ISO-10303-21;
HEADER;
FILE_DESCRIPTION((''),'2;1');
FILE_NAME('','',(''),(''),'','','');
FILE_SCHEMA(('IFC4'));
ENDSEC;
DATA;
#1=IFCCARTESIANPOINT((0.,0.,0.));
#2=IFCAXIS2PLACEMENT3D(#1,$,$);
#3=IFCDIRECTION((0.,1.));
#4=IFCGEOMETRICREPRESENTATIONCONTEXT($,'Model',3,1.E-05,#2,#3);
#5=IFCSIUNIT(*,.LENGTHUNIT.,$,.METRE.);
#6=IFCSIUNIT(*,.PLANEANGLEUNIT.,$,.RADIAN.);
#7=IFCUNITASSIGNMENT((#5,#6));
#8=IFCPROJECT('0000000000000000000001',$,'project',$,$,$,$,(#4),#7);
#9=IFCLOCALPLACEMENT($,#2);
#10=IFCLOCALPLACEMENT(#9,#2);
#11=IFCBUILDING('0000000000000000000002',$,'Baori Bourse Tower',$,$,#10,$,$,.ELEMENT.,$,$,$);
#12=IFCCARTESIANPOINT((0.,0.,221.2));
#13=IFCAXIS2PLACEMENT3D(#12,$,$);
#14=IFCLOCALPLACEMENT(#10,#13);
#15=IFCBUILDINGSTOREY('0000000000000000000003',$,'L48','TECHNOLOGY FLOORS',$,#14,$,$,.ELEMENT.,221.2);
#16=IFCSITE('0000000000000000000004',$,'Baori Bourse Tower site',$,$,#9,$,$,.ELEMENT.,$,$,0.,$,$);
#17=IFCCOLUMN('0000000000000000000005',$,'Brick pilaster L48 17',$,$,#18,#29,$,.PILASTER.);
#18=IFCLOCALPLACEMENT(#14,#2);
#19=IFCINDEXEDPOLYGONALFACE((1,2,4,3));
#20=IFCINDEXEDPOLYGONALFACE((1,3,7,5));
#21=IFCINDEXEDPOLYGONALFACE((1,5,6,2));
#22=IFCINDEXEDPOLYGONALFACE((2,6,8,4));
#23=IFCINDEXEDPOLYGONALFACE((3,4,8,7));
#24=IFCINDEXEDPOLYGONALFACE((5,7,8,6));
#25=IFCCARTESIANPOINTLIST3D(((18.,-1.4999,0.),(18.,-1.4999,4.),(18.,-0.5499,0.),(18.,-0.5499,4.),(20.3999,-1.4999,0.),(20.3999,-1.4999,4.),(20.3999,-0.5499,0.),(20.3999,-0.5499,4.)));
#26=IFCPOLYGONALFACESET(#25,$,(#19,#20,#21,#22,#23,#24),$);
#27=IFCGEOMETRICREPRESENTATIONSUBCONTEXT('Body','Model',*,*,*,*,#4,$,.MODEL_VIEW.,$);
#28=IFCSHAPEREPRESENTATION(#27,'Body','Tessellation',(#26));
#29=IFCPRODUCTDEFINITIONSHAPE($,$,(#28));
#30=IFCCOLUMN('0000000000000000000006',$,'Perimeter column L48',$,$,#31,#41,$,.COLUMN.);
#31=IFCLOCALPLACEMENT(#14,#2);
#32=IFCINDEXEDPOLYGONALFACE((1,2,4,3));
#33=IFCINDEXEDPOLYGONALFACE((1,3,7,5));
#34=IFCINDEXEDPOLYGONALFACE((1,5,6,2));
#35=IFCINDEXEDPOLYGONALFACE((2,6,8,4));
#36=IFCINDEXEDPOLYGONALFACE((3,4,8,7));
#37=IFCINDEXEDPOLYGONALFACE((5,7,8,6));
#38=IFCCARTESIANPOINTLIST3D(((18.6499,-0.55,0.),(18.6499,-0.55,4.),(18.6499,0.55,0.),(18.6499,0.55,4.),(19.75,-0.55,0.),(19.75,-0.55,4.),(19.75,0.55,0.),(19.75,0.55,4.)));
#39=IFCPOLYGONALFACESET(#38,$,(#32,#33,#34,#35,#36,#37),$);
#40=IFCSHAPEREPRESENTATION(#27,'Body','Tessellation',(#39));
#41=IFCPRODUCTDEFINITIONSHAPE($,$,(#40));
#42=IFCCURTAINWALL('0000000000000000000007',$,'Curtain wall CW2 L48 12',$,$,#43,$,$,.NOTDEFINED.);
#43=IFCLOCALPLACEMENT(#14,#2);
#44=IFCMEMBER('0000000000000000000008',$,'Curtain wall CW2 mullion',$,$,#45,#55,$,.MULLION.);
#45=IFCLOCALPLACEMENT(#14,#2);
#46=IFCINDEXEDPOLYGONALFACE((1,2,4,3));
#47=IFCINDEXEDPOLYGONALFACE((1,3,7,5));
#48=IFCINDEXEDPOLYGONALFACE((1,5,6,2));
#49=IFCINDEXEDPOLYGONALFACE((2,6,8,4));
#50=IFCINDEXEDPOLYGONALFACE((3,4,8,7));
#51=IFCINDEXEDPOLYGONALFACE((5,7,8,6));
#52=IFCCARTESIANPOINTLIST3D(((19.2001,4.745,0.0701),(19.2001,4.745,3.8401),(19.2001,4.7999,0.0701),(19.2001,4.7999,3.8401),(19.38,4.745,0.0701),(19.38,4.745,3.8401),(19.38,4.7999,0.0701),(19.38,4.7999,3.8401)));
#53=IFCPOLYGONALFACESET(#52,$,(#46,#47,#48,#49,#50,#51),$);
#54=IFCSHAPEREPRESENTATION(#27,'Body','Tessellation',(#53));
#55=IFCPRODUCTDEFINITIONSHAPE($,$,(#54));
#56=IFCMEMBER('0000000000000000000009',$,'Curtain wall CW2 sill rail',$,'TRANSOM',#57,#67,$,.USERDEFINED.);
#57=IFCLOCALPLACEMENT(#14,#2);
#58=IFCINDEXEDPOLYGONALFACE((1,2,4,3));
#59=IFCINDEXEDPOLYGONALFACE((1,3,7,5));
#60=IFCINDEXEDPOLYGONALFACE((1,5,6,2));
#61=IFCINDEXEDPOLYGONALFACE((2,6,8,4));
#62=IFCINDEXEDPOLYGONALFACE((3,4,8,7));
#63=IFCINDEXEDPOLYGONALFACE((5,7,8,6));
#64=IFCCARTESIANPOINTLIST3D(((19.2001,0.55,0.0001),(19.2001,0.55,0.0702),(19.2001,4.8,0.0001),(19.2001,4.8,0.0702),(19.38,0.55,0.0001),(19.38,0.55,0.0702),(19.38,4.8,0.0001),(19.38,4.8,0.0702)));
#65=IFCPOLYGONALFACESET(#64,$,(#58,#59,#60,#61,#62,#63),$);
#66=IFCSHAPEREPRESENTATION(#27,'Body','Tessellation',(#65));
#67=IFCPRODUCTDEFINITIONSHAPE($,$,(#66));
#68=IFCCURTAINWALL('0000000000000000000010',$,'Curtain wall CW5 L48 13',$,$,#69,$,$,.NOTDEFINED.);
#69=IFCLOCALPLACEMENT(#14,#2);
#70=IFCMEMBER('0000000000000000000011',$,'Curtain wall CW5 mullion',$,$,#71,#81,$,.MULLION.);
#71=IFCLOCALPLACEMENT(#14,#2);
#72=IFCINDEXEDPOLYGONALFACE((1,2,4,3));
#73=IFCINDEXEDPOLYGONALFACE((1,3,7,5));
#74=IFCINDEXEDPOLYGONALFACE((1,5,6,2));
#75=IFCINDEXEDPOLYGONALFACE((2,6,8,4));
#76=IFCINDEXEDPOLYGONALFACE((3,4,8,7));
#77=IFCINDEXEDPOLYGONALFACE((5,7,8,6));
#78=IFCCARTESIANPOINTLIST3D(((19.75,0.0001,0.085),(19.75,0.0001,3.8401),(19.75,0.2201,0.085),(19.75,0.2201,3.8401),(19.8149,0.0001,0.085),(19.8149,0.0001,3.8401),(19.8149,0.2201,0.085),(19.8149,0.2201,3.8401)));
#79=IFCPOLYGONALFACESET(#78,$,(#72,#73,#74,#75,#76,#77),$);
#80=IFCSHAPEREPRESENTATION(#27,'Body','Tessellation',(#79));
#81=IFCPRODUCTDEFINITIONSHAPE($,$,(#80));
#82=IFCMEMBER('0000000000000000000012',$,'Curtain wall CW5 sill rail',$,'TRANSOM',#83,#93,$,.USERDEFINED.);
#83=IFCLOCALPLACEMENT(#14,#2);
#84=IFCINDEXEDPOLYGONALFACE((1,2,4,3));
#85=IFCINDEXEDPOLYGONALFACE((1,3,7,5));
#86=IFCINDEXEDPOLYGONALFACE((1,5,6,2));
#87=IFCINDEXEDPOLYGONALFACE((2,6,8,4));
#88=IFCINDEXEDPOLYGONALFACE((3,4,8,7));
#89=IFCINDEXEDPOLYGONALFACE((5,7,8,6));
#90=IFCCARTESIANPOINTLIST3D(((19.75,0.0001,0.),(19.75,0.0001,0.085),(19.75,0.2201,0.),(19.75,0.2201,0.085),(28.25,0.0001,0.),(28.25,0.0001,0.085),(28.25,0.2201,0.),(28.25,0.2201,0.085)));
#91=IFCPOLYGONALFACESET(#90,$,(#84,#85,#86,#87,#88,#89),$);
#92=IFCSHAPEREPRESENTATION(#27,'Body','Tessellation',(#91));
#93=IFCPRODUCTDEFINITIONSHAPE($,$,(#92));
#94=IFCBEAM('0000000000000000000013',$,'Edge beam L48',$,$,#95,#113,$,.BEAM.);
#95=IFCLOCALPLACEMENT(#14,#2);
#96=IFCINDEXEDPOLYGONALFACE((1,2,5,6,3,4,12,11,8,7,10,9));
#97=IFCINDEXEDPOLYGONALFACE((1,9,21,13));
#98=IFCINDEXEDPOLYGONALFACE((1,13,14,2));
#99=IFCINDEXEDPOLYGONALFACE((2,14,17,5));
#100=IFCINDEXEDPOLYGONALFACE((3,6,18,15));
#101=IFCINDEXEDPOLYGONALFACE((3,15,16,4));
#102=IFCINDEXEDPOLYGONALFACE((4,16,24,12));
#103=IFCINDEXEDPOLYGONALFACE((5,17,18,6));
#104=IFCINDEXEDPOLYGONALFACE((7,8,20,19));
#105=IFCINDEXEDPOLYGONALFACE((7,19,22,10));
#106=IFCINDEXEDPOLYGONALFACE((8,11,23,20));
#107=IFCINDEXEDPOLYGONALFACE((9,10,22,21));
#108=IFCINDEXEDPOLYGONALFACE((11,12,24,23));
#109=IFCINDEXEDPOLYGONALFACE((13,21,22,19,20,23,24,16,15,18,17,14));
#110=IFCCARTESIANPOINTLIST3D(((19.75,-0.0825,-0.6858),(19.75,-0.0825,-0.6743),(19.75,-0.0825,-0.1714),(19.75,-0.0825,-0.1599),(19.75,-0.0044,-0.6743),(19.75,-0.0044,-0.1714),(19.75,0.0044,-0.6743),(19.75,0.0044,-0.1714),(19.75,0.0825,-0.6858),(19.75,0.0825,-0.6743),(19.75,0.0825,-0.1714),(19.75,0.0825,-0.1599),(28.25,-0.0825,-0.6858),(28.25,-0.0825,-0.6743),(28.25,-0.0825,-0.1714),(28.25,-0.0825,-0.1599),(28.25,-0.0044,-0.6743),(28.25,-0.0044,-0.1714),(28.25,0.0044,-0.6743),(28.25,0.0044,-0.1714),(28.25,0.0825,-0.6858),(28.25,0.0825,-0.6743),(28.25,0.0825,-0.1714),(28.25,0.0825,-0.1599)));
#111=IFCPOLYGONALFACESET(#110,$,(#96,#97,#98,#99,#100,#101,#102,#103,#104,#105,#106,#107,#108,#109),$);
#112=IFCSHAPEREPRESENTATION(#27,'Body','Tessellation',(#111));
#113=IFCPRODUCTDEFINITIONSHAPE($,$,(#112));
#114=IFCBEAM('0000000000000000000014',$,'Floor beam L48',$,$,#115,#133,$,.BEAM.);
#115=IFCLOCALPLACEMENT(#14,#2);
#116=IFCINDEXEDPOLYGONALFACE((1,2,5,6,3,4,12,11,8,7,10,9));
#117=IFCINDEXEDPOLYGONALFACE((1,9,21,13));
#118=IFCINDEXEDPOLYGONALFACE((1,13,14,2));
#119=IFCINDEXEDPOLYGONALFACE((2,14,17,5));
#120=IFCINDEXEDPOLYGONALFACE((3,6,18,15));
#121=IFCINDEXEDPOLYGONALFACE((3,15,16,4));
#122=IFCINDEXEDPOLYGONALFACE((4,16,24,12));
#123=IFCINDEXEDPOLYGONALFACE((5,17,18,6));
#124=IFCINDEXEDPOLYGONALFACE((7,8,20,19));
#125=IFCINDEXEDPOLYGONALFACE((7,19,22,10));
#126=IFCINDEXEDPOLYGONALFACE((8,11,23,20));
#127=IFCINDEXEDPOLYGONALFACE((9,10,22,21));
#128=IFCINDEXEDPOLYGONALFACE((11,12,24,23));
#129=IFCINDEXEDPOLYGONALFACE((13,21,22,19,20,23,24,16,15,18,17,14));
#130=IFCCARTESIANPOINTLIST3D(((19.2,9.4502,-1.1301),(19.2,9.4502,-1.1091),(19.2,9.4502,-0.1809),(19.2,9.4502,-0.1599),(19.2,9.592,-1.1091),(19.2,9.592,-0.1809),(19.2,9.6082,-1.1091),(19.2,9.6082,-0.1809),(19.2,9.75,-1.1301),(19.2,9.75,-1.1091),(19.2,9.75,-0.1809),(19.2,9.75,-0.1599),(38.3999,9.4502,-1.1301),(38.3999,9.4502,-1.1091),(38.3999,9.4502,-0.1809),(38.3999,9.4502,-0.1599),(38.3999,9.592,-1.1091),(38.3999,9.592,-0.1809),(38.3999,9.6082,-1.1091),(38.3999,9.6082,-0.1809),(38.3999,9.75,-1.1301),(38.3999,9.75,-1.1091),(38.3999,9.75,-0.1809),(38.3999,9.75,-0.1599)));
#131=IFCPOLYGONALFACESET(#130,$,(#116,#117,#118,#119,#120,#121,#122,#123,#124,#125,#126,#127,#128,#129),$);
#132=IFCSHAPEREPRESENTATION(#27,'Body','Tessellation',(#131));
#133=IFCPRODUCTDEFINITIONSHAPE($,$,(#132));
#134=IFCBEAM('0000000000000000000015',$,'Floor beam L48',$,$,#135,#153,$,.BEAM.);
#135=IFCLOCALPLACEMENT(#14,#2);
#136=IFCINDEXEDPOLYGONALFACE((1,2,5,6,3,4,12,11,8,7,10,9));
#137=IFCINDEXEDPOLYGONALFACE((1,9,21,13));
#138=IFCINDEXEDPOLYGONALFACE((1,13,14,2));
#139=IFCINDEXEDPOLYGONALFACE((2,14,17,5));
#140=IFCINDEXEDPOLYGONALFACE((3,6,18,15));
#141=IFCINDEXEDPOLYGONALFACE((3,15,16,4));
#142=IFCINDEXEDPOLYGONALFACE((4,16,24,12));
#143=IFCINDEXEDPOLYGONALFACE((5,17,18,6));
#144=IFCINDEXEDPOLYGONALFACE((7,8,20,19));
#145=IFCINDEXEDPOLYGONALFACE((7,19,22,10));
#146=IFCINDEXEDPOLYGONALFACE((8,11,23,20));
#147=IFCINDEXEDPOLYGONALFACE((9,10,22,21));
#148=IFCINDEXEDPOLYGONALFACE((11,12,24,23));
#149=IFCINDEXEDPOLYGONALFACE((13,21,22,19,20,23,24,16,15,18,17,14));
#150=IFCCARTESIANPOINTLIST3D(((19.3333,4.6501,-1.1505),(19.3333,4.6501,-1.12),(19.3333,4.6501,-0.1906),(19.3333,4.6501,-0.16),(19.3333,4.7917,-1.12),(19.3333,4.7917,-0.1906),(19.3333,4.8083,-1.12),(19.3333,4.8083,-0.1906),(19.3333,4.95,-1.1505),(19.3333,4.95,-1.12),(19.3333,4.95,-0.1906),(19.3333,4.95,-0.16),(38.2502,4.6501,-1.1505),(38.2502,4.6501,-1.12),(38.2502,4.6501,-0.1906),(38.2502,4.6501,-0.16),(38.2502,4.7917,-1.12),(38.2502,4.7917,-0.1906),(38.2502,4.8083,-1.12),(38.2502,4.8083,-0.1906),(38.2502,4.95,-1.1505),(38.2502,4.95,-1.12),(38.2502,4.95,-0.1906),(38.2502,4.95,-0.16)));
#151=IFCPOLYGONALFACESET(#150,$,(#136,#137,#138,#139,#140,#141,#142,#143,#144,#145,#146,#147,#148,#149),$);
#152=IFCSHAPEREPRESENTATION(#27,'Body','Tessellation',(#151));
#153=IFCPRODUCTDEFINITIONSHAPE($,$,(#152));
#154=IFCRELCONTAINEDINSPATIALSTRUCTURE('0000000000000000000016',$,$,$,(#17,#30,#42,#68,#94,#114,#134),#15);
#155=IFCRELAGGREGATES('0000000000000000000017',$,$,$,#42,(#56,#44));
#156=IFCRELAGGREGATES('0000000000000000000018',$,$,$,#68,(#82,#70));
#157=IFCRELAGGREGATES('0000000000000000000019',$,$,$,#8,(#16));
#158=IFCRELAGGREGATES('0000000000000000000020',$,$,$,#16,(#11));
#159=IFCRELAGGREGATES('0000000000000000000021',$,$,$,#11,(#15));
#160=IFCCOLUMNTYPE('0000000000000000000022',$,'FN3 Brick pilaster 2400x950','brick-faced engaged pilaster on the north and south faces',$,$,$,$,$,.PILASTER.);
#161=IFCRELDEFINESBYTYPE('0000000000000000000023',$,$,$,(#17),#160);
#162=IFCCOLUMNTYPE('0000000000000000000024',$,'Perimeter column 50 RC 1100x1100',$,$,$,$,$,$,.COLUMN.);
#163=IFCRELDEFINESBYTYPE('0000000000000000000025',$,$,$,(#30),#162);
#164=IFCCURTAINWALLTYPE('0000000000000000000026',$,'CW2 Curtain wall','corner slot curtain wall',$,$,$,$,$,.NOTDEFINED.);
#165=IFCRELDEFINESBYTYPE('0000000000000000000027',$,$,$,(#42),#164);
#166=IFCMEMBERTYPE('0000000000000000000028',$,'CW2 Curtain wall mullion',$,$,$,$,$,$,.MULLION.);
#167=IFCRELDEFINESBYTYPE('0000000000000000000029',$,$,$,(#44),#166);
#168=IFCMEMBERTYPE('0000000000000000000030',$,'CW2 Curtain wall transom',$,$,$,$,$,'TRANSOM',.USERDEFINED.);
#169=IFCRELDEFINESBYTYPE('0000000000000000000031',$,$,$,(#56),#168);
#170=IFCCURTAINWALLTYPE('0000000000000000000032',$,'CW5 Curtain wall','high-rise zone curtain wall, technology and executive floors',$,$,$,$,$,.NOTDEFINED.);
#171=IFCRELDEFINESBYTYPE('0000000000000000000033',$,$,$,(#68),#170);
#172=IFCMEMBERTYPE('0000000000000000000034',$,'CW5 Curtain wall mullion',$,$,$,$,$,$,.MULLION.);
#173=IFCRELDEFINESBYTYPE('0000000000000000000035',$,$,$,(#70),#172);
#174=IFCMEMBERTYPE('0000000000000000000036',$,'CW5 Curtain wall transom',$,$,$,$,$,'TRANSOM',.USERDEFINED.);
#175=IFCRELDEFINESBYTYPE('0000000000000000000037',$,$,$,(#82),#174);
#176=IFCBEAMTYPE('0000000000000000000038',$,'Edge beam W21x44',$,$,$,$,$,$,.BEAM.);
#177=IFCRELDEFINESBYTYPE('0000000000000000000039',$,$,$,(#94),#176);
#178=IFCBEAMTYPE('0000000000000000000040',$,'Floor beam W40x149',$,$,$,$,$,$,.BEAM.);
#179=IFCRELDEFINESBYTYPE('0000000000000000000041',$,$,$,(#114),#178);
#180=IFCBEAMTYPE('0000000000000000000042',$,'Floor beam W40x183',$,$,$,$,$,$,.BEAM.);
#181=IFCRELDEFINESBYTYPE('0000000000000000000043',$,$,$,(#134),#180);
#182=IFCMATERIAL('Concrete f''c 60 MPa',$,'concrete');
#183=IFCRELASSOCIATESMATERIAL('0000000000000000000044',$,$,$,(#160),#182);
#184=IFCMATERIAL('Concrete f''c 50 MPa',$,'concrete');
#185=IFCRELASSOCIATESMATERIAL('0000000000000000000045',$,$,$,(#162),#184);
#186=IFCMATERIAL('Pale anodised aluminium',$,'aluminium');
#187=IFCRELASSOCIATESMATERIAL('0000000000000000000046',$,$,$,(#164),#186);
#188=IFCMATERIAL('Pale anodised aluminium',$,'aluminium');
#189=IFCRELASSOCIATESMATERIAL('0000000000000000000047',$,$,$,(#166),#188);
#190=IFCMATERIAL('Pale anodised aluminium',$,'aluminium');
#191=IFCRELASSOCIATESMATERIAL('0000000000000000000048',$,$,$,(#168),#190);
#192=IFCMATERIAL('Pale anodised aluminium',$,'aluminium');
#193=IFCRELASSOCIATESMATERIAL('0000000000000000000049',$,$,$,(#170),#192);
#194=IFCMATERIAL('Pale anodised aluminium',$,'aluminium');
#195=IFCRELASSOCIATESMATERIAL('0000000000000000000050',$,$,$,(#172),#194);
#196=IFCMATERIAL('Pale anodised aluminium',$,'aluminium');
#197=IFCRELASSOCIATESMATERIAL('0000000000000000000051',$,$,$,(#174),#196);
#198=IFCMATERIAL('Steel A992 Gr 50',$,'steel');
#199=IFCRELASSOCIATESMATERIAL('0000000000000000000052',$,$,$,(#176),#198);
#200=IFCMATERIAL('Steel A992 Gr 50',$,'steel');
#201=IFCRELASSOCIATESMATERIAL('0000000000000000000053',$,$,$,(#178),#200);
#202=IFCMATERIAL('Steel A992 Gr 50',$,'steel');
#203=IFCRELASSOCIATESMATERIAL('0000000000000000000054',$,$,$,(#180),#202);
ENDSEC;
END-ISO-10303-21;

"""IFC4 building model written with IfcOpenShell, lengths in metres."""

from ifc_helpers import new_model, si_unit, direction, frame, origin, origin_2d, place, context, subcontext, project, spatial, rectangle, i_section, extrude, material, material_profile, profile_set, type_object, element, aggregate, save


model = new_model("IFC4")

# Units and contexts
model_context = context("Model", 3, precision=1e-05, world=origin(), true_north=direction((0.0, 1.0)))
body_context = subcontext(model_context, "Body", "Model", "MODEL_VIEW")
ifc_project = project(units=[si_unit("LENGTHUNIT", "METRE"), si_unit("PLANEANGLEUNIT", "RADIAN")], contexts=[model_context])

# Site, building, storey
site_placement = place(None, origin())
site = spatial("IfcSite", under=ifc_project, at=site_placement, Name="Baori Bourse Tower site", CompositionType="ELEMENT", RefElevation=0.0)
building_placement = place(site_placement, origin())
building = spatial("IfcBuilding", under=site, at=building_placement, Name="Baori Bourse Tower", CompositionType="ELEMENT")
storey_placement = place(building_placement, frame((0.0, 0.0, 221.2)))
storey = spatial("IfcBuildingStorey", under=building, at=storey_placement, Name="L48", Description="TECHNOLOGY FLOORS", CompositionType="ELEMENT", Elevation=221.2)

# Columns
ifc_material_1 = material(Name="Concrete f'c 60 MPa", Category="concrete")
ifc_material_profile_1 = material_profile(ifc_material_1, rectangle(XDim=2.3999, YDim=0.95, at=origin_2d()), Name="RC 2400x950")
ifc_profile_set_1 = profile_set([ifc_material_profile_1], Name="Concrete f'c 60 MPa")
column_type_1 = type_object("IfcColumnType", Name="FN3 Brick pilaster 2400x950", Description="brick-faced engaged pilaster on the north and south faces", PredefinedType="PILASTER", material=ifc_profile_set_1)
column_1_placement = place(storey_placement, frame((19.2, -1.0249, 0.0), z_axis=(0.0, 0.0, 1.0), x_axis=(1.0, 0.0, 0.0)))
element("IfcColumn", 1, at=column_1_placement, inside=storey, type_object=column_type_1, Name="Brick pilaster L48 17", PredefinedType="PILASTER", context=body_context, shape_type="SweptSolid", body=[
    extrude(rectangle(XDim=2.3999, YDim=0.95, at=origin_2d()), origin(), (0.0, 0.0, 1.0), 4.0),
])
ifc_material_2 = material(Name="Concrete f'c 50 MPa", Category="concrete")
ifc_material_profile_2 = material_profile(ifc_material_2, rectangle(XDim=1.1001, YDim=1.1001, at=origin_2d()), Name="RC 1100x1100")
ifc_profile_set_2 = profile_set([ifc_material_profile_2], Name="Concrete f'c 50 MPa")
column_type_2 = type_object("IfcColumnType", Name="Perimeter column 50 RC 1100x1100", PredefinedType="COLUMN", material=ifc_profile_set_2)
column_2_placement = place(storey_placement, frame((19.2, 0.0, 0.0), z_axis=(0.0, 0.0, 1.0), x_axis=(1.0, 0.0, 0.0)))
element("IfcColumn", 2, at=column_2_placement, inside=storey, type_object=column_type_2, Name="Perimeter column L48", PredefinedType="COLUMN", context=body_context, shape_type="SweptSolid", body=[
    extrude(rectangle(XDim=1.1001, YDim=1.1001, at=origin_2d()), origin(), (0.0, 0.0, 1.0), 4.0),
])

# Curtain walls, members
ifc_material_3 = material(Name="Pale anodised aluminium", Category="aluminium")
curtain_wall_type_1 = type_object("IfcCurtainWallType", Name="CW2 Curtain wall", Description="corner slot curtain wall", PredefinedType="NOTDEFINED", material=ifc_material_3)
curtain_wall_1_placement = place(storey_placement, origin())
curtain_wall_1 = element("IfcCurtainWall", 3, at=curtain_wall_1_placement, inside=storey, type_object=curtain_wall_type_1, Name="Curtain wall CW2 L48 12", PredefinedType="NOTDEFINED")
ifc_material_4 = material(Name="Pale anodised aluminium", Category="aluminium")
ifc_material_profile_3 = material_profile(ifc_material_4, rectangle(XDim=0.1799, YDim=0.0549, at=origin_2d()), Name="Mullion 55x180")
ifc_profile_set_3 = profile_set([ifc_material_profile_3], Name="Pale anodised aluminium")
member_type_1 = type_object("IfcMemberType", Name="CW2 Curtain wall mullion", PredefinedType="MULLION", material=ifc_profile_set_3)
member_1_placement = place(storey_placement, frame((19.29, 4.7725, 0.0701), z_axis=(0.0, 0.0, 1.0), x_axis=(1.0, 0.0, 0.0)))
member_1 = element("IfcMember", 4, at=member_1_placement, type_object=member_type_1, Name="Curtain wall CW2 mullion", PredefinedType="MULLION", context=body_context, shape_type="SweptSolid", body=[
    extrude(rectangle(XDim=0.1799, YDim=0.0549, at=origin_2d()), origin(), (0.0, 0.0, 1.0), 3.77),
])
ifc_material_5 = material(Name="Pale anodised aluminium", Category="aluminium")
ifc_material_profile_4 = material_profile(ifc_material_5, rectangle(XDim=0.1799, YDim=0.0701, at=origin_2d()), Name="Transom 70x180")
ifc_profile_set_4 = profile_set([ifc_material_profile_4], Name="Pale anodised aluminium")
member_type_2 = type_object("IfcMemberType", Name="CW2 Curtain wall transom", ElementType="TRANSOM", PredefinedType="USERDEFINED", material=ifc_profile_set_4)
member_2_placement = place(storey_placement, frame((19.29, 4.8, 0.0352), z_axis=(0.0, -1.0, 0.0), x_axis=(1.0, 0.0, 0.0)))
member_2 = element("IfcMember", 5, at=member_2_placement, type_object=member_type_2, Name="Curtain wall CW2 sill rail", ObjectType="TRANSOM", PredefinedType="USERDEFINED", context=body_context, shape_type="SweptSolid", body=[
    extrude(rectangle(XDim=0.1799, YDim=0.0701, at=origin_2d()), origin(), (0.0, 0.0, 1.0), 4.25),
])
ifc_material_6 = material(Name="Pale anodised aluminium", Category="aluminium")
curtain_wall_type_2 = type_object("IfcCurtainWallType", Name="CW5 Curtain wall", Description="high-rise zone curtain wall, technology and executive floors", PredefinedType="NOTDEFINED", material=ifc_material_6)
curtain_wall_2_placement = place(storey_placement, origin())
curtain_wall_2 = element("IfcCurtainWall", 6, at=curtain_wall_2_placement, inside=storey, type_object=curtain_wall_type_2, Name="Curtain wall CW5 L48 13", PredefinedType="NOTDEFINED")
ifc_material_7 = material(Name="Pale anodised aluminium", Category="aluminium")
ifc_material_profile_5 = material_profile(ifc_material_7, rectangle(XDim=0.22, YDim=0.0649, at=origin_2d()), Name="Mullion 65x220")
ifc_profile_set_5 = profile_set([ifc_material_profile_5], Name="Pale anodised aluminium")
member_type_3 = type_object("IfcMemberType", Name="CW5 Curtain wall mullion", PredefinedType="MULLION", material=ifc_profile_set_5)
member_3_placement = place(storey_placement, frame((19.7825, 0.1101, 0.085), z_axis=(0.0, 0.0, 1.0), x_axis=(0.0, 1.0, 0.0)))
member_3 = element("IfcMember", 7, at=member_3_placement, type_object=member_type_3, Name="Curtain wall CW5 mullion", PredefinedType="MULLION", context=body_context, shape_type="SweptSolid", body=[
    extrude(rectangle(XDim=0.22, YDim=0.0649, at=origin_2d()), origin(), (0.0, 0.0, 1.0), 3.7551),
])
ifc_material_8 = material(Name="Pale anodised aluminium", Category="aluminium")
ifc_material_profile_6 = material_profile(ifc_material_8, rectangle(XDim=0.22, YDim=0.085, at=origin_2d()), Name="Transom 85x220")
ifc_profile_set_6 = profile_set([ifc_material_profile_6], Name="Pale anodised aluminium")
member_type_4 = type_object("IfcMemberType", Name="CW5 Curtain wall transom", ElementType="TRANSOM", PredefinedType="USERDEFINED", material=ifc_profile_set_6)
member_4_placement = place(storey_placement, frame((19.75, 0.1101, 0.0425), z_axis=(1.0, 0.0, 0.0), x_axis=(0.0, 1.0, 0.0)))
member_4 = element("IfcMember", 8, at=member_4_placement, type_object=member_type_4, Name="Curtain wall CW5 sill rail", ObjectType="TRANSOM", PredefinedType="USERDEFINED", context=body_context, shape_type="SweptSolid", body=[
    extrude(rectangle(XDim=0.22, YDim=0.085, at=origin_2d()), origin(), (0.0, 0.0, 1.0), 8.5),
])

# Beams
ifc_material_9 = material(Name="Steel A992 Gr 50", Category="steel")
ifc_material_profile_7 = material_profile(ifc_material_9, i_section(OverallWidth=0.165, OverallDepth=0.5259, WebThickness=0.0088, FlangeThickness=0.0115, at=origin_2d()), Name="W21x44")
ifc_profile_set_7 = profile_set([ifc_material_profile_7], Name="Steel A992 Gr 50")
beam_type_1 = type_object("IfcBeamType", Name="Edge beam W21x44", PredefinedType="BEAM", material=ifc_profile_set_7)
beam_1_placement = place(storey_placement, frame((19.75, 0.0, -0.4229), z_axis=(1.0, 0.0, 0.0), x_axis=(0.0, 1.0, 0.0)))
element("IfcBeam", 9, at=beam_1_placement, inside=storey, type_object=beam_type_1, Name="Edge beam L48", PredefinedType="BEAM", context=body_context, shape_type="SweptSolid", body=[
    extrude(i_section(OverallWidth=0.165, OverallDepth=0.5259, WebThickness=0.0088, FlangeThickness=0.0115, at=origin_2d()), origin(), (0.0, 0.0, 1.0), 8.5),
])
ifc_material_10 = material(Name="Steel A992 Gr 50", Category="steel")
ifc_material_profile_8 = material_profile(ifc_material_10, i_section(OverallWidth=0.2998, OverallDepth=0.9702, WebThickness=0.0161, FlangeThickness=0.021, at=origin_2d()), Name="W40x149")
ifc_profile_set_8 = profile_set([ifc_material_profile_8], Name="Steel A992 Gr 50")
beam_type_2 = type_object("IfcBeamType", Name="Floor beam W40x149", PredefinedType="BEAM", material=ifc_profile_set_8)
beam_2_placement = place(storey_placement, frame((19.2, 9.6001, -0.645), z_axis=(1.0, 0.0, 0.0), x_axis=(0.0, 1.0, 0.0)))
element("IfcBeam", 10, at=beam_2_placement, inside=storey, type_object=beam_type_2, Name="Floor beam L48", PredefinedType="BEAM", context=body_context, shape_type="SweptSolid", body=[
    extrude(i_section(OverallWidth=0.2998, OverallDepth=0.9702, WebThickness=0.0161, FlangeThickness=0.021, at=origin_2d()), origin(), (0.0, 0.0, 1.0), 19.2),
])
ifc_material_11 = material(Name="Steel A992 Gr 50", Category="steel")
ifc_material_profile_9 = material_profile(ifc_material_11, i_section(OverallWidth=0.2998, OverallDepth=0.9905, WebThickness=0.0166, FlangeThickness=0.0305, at=origin_2d()), Name="W40x183")
ifc_profile_set_9 = profile_set([ifc_material_profile_9], Name="Steel A992 Gr 50")
beam_type_3 = type_object("IfcBeamType", Name="Floor beam W40x183", PredefinedType="BEAM", material=ifc_profile_set_9)
beam_3_placement = place(storey_placement, frame((19.3333, 4.8, -0.6553), z_axis=(1.0, 0.0, 0.0), x_axis=(0.0, 1.0, 0.0)))
element("IfcBeam", 11, at=beam_3_placement, inside=storey, type_object=beam_type_3, Name="Floor beam L48", PredefinedType="BEAM", context=body_context, shape_type="SweptSolid", body=[
    extrude(i_section(OverallWidth=0.2998, OverallDepth=0.9905, WebThickness=0.0166, FlangeThickness=0.0305, at=origin_2d()), origin(), (0.0, 0.0, 1.0), 18.917),
])

aggregate(curtain_wall_1, [member_2, member_1])
aggregate(curtain_wall_2, [member_4, member_3])

save(model, "model.ifc")
